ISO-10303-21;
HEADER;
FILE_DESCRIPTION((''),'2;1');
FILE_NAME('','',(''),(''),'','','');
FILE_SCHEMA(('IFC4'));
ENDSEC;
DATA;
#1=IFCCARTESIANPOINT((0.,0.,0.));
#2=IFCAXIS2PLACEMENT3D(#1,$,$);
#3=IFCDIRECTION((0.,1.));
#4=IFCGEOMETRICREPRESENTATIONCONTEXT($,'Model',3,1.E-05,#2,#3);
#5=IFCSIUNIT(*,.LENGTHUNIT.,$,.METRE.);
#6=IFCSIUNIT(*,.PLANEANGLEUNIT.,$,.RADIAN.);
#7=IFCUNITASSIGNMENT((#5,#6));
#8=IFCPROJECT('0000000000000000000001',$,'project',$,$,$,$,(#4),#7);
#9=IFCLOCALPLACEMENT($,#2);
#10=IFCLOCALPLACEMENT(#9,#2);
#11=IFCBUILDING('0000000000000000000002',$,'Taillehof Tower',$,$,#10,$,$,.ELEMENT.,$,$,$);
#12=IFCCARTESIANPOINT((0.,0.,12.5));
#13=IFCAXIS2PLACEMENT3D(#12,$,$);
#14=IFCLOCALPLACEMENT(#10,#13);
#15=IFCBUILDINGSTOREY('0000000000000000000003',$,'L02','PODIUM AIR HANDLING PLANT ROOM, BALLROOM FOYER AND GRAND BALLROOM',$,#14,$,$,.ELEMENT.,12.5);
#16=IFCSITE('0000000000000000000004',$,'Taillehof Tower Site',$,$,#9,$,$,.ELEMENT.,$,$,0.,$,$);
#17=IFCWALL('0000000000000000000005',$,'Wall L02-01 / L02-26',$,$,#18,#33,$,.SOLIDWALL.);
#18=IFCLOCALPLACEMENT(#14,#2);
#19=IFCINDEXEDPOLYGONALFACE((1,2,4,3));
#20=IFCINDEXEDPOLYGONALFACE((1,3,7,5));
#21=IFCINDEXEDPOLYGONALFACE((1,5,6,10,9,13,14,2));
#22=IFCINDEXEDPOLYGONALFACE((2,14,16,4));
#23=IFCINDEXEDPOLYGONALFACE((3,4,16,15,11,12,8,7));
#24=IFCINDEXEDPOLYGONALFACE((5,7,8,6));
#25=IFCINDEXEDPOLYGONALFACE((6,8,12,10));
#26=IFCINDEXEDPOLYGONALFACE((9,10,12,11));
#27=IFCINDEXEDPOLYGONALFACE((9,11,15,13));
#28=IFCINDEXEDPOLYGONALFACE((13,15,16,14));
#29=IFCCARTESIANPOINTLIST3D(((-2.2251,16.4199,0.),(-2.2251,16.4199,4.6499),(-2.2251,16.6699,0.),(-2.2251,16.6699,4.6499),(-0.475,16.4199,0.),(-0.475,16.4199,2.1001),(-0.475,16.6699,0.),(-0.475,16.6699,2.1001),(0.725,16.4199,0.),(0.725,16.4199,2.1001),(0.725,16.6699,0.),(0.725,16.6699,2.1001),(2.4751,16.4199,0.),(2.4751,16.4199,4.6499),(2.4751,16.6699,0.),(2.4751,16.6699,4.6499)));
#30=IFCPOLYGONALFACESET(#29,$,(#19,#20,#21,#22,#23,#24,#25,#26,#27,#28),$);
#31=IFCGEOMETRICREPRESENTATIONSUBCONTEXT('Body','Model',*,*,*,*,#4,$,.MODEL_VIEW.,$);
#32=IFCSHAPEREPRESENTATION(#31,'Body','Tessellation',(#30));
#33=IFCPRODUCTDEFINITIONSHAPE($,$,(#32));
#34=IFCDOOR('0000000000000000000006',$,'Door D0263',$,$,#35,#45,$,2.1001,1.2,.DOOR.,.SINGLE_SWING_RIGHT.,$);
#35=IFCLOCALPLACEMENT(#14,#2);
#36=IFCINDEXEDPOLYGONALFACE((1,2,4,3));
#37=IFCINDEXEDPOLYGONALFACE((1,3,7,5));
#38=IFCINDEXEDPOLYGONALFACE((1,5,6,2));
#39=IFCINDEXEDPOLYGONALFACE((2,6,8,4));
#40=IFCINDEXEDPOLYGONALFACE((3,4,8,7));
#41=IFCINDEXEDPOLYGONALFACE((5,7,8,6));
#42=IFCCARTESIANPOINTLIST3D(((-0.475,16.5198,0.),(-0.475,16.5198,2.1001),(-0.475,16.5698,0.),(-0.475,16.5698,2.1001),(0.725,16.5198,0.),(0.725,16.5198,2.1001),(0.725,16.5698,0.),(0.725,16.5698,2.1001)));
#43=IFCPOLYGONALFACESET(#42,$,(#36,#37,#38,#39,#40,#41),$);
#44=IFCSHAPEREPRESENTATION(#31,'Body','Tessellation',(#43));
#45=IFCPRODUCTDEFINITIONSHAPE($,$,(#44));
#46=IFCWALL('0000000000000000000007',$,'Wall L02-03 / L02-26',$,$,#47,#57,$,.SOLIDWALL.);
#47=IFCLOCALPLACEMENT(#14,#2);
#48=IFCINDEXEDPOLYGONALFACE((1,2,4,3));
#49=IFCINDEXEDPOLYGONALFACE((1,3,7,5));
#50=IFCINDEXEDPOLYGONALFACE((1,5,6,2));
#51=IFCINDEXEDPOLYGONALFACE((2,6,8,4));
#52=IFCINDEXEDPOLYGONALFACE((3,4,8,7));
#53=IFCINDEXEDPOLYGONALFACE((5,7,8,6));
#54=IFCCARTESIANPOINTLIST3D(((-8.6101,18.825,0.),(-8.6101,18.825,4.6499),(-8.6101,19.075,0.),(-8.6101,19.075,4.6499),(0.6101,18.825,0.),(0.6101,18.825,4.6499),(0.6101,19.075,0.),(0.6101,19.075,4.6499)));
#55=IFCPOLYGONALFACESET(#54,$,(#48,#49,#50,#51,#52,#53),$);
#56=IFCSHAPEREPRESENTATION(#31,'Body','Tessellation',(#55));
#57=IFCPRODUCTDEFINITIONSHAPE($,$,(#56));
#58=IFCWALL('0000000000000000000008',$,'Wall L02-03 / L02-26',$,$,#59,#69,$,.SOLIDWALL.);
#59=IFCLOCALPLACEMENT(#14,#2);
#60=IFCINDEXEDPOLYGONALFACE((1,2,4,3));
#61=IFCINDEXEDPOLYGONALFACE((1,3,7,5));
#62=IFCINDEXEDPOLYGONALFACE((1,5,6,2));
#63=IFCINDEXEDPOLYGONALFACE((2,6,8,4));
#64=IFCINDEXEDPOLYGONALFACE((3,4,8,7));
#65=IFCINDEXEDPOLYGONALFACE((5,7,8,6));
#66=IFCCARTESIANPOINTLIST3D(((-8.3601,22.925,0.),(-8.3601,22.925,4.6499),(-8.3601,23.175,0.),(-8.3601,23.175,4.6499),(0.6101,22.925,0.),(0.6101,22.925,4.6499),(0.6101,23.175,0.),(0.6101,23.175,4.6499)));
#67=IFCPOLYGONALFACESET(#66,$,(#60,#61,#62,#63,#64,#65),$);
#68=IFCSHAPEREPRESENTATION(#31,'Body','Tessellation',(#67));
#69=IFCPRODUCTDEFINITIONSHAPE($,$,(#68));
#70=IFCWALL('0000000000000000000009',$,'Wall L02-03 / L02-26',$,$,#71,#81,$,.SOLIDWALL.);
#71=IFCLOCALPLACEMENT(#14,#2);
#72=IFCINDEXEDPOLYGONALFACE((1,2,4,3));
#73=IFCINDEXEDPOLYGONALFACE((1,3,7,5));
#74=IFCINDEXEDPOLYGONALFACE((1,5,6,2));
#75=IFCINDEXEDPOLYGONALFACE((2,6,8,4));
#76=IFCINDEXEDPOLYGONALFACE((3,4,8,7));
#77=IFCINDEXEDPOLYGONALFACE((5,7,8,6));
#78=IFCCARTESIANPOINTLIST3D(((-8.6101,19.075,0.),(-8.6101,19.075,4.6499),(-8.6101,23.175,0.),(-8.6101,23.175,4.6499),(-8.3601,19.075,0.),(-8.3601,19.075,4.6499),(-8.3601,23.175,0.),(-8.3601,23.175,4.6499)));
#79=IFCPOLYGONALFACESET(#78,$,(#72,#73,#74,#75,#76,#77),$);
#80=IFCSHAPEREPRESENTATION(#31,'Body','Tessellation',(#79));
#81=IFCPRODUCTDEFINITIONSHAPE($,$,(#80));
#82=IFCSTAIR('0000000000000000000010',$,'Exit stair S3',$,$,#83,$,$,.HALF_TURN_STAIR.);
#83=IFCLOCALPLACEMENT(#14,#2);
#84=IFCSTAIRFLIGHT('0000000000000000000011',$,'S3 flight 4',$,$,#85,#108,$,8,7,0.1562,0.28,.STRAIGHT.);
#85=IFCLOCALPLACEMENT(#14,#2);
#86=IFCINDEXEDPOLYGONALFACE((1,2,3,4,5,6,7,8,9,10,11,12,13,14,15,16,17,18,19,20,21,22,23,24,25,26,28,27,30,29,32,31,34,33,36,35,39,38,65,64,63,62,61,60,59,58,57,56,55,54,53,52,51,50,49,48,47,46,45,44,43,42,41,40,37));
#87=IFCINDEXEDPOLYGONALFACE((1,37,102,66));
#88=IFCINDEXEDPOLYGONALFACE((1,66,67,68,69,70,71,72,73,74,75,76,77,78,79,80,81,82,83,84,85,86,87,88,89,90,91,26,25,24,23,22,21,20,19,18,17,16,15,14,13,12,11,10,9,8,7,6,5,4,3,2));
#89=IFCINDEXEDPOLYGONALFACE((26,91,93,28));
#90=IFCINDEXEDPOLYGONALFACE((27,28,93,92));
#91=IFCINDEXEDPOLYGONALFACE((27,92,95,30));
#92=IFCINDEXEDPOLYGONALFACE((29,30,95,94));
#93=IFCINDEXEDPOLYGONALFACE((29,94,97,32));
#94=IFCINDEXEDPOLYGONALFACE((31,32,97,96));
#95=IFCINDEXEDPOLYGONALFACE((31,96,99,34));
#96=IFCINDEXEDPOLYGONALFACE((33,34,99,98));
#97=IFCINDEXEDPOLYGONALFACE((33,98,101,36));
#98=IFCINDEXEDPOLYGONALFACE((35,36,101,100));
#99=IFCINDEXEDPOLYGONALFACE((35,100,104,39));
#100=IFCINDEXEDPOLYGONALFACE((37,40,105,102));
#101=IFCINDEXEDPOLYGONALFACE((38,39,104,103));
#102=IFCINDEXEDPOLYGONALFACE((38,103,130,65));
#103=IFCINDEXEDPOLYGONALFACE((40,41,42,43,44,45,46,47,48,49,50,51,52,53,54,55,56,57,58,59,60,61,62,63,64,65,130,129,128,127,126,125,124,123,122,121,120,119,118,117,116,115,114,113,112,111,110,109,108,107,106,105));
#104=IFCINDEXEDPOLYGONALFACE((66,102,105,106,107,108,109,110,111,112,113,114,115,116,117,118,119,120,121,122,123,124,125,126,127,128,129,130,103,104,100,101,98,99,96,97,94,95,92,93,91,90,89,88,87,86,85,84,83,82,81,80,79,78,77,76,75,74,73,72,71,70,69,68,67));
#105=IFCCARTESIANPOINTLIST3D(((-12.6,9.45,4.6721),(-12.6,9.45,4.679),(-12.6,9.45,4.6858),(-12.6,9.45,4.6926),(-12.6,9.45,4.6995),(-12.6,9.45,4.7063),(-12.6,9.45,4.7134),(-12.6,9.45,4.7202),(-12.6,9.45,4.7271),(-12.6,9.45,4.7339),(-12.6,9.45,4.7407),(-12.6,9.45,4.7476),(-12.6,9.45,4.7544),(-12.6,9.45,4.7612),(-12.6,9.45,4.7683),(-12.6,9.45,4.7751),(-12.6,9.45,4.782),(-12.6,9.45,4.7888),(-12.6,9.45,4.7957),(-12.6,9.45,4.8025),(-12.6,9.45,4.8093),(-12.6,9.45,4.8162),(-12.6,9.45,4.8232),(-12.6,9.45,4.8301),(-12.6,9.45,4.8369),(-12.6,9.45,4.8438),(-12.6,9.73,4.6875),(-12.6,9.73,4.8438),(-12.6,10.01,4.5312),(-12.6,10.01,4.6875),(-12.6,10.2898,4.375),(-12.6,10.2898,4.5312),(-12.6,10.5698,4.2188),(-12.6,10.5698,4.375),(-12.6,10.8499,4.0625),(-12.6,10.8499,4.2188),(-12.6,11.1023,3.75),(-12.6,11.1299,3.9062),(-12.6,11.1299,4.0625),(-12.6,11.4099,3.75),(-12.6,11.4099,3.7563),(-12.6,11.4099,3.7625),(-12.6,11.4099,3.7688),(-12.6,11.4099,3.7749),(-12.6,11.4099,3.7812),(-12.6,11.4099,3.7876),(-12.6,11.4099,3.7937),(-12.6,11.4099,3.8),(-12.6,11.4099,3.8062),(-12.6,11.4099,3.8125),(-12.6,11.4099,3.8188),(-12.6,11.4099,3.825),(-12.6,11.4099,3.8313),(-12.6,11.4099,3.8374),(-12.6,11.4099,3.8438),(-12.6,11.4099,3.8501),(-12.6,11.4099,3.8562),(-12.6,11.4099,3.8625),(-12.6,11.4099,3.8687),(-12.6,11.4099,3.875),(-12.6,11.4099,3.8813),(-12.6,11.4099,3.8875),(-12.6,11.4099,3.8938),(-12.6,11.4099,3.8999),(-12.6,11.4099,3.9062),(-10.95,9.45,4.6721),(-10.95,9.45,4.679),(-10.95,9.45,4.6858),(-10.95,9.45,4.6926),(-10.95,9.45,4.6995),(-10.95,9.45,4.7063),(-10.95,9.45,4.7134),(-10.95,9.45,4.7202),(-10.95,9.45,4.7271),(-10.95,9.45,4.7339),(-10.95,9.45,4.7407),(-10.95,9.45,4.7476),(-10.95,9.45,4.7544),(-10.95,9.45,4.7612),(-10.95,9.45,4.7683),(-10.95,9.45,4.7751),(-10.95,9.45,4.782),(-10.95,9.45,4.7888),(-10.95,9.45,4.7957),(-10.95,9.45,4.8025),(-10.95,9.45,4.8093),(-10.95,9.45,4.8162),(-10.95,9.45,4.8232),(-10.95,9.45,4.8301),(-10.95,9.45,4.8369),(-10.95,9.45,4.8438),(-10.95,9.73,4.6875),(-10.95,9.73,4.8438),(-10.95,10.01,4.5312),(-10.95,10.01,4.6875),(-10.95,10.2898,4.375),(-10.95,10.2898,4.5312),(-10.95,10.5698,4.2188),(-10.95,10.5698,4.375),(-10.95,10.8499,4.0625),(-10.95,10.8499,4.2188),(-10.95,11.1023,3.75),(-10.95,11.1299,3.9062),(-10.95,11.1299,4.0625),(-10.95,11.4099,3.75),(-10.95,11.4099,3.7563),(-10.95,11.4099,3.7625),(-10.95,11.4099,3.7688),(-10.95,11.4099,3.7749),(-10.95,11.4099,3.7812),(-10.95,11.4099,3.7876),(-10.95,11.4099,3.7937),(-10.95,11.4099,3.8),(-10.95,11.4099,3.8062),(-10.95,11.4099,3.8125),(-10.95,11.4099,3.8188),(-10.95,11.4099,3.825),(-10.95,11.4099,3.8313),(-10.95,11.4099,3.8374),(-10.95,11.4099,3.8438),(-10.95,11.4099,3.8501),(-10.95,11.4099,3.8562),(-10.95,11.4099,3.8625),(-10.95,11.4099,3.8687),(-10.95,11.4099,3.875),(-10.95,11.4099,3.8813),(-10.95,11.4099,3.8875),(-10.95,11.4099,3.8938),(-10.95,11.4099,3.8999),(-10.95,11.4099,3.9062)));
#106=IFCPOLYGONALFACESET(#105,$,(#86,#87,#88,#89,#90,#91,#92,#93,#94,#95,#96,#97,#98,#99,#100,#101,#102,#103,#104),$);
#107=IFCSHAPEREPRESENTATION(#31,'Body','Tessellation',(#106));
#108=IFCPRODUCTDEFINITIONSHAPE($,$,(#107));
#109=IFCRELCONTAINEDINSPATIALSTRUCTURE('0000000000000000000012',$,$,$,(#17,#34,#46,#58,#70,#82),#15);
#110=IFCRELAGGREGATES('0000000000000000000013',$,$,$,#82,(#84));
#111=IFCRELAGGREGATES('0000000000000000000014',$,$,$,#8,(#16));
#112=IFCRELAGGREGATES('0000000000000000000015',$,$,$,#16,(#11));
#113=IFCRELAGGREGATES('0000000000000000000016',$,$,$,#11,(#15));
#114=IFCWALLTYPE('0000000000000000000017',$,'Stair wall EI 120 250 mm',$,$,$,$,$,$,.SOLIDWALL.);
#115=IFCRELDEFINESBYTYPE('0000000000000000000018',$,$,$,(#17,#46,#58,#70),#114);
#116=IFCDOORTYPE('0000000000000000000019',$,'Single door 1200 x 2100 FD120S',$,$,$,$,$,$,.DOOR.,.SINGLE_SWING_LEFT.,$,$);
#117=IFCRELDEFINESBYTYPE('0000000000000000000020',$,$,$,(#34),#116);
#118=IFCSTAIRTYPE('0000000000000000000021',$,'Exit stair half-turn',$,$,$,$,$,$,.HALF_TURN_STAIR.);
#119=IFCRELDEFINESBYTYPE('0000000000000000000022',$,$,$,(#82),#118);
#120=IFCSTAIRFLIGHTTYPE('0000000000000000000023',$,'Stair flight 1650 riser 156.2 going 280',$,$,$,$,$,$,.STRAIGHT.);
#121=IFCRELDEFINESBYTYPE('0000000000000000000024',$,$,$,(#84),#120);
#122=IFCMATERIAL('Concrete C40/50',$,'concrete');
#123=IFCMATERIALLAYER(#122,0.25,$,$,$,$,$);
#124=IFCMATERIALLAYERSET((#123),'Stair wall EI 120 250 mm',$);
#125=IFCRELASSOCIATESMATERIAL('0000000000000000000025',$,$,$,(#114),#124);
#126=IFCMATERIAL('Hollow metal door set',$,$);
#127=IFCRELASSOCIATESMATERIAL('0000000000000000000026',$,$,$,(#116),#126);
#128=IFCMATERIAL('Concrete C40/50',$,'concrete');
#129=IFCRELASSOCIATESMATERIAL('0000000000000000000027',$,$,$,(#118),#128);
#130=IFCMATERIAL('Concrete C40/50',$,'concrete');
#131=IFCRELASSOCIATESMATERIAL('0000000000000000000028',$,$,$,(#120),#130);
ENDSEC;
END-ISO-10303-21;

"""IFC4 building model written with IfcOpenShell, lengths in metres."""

from ifc_helpers import new_model, si_unit, direction, frame, frame_2d, origin, place, context, subcontext, project, spatial, polyline, rectangle, outline, extrude, material, layer, layer_set, type_object, element, fill, aggregate, save


model = new_model("IFC4")

# Units and contexts
model_context = context("Model", 3, precision=1e-05, world=origin(), true_north=direction((0.0, 1.0)))
body_context = subcontext(model_context, "Body", "Model", "MODEL_VIEW")
ifc_project = project(units=[si_unit("LENGTHUNIT", "METRE"), si_unit("PLANEANGLEUNIT", "RADIAN")], contexts=[model_context])

# Site, building, storey
site_placement = place(None, origin())
site = spatial("IfcSite", under=ifc_project, at=site_placement, Name="Taillehof Tower Site", CompositionType="ELEMENT", RefElevation=0.0)
building_placement = place(site_placement, origin())
building = spatial("IfcBuilding", under=site, at=building_placement, Name="Taillehof Tower", CompositionType="ELEMENT")
storey_placement = place(building_placement, frame((0.0, 0.0, 12.5)))
storey = spatial("IfcBuildingStorey", under=building, at=storey_placement, Name="L02", Description="PODIUM AIR HANDLING PLANT ROOM, BALLROOM FOYER AND GRAND BALLROOM", CompositionType="ELEMENT", Elevation=12.5)

# Wall, opening, door
ifc_material_1 = material(Name="Concrete C40/50", Category="concrete")
ifc_layer_1 = layer(ifc_material_1, 0.25)
ifc_layer_set_1 = layer_set([ifc_layer_1], Name="Stair wall EI 120 250 mm")
wall_type_1 = type_object("IfcWallType", Name="Stair wall EI 120 250 mm", PredefinedType="SOLIDWALL", material=ifc_layer_set_1)
wall_1_placement = place(storey_placement, frame((-2.2251, 16.5449, 0.0), z_axis=(0.0, 0.0, 1.0), x_axis=(1.0, 0.0, 0.0)))
wall_1 = element("IfcWall", 1, at=wall_1_placement, inside=storey, type_object=wall_type_1, Name="Wall L02-01 / L02-26", PredefinedType="SOLIDWALL", context=body_context, shape_type="SweptSolid", body=[
    extrude(rectangle(XDim=4.7002, YDim=0.25, at=frame_2d((2.3501, 0.0))), origin(), (0.0, 0.0, 1.0), 4.6499),
])
opening_1_placement = place(wall_1_placement, frame((1.75, 0.0, 0.0)))
opening_1 = element("IfcOpeningElement", 2, at=opening_1_placement, cuts=wall_1, PredefinedType="OPENING", context=body_context, shape_type="SweptSolid", body=[
    extrude(rectangle(XDim=1.2, YDim=2.1001, at=frame_2d((0.6001, 1.05))), frame((0.0, 0.135, 0.0), z_axis=(0.0, -1.0, 0.0), x_axis=(1.0, 0.0, 0.0)), (0.0, 0.0, 1.0), 0.27),
])
ifc_material_2 = material(Name="Hollow metal door set")
door_type_1 = type_object("IfcDoorType", Name="Single door 1200 x 2100 FD120S", OperationType="SINGLE_SWING_LEFT", PredefinedType="DOOR", material=ifc_material_2)
door_1_placement = place(opening_1_placement, origin())
door_1 = element("IfcDoor", 3, at=door_1_placement, inside=storey, type_object=door_type_1, Name="Door D0263", OperationType="SINGLE_SWING_RIGHT", OverallHeight=2.1001, OverallWidth=1.2, PredefinedType="DOOR", context=body_context, shape_type="SweptSolid", body=[
    extrude(rectangle(XDim=1.2, YDim=2.1001, at=frame_2d((0.6001, 1.05))), frame((0.0, 0.0249, 0.0), z_axis=(0.0, -1.0, 0.0), x_axis=(1.0, 0.0, 0.0)), (0.0, 0.0, 1.0), 0.05),
])
fill(opening_1, door_1)

# Walls
wall_2_placement = place(storey_placement, frame((-8.6101, 18.95, 0.0), z_axis=(0.0, 0.0, 1.0), x_axis=(1.0, 0.0, 0.0)))
element("IfcWall", 4, at=wall_2_placement, inside=storey, type_object=wall_type_1, Name="Wall L02-03 / L02-26", PredefinedType="SOLIDWALL", context=body_context, shape_type="SweptSolid", body=[
    extrude(rectangle(XDim=9.2202, YDim=0.25, at=frame_2d((4.6101, 0.0))), origin(), (0.0, 0.0, 1.0), 4.6499),
])
wall_3_placement = place(storey_placement, frame((-8.3601, 23.05, 0.0), z_axis=(0.0, 0.0, 1.0), x_axis=(1.0, 0.0, 0.0)))
element("IfcWall", 5, at=wall_3_placement, inside=storey, type_object=wall_type_1, Name="Wall L02-03 / L02-26", PredefinedType="SOLIDWALL", context=body_context, shape_type="SweptSolid", body=[
    extrude(rectangle(XDim=8.9702, YDim=0.25, at=frame_2d((4.4851, 0.0))), origin(), (0.0, 0.0, 1.0), 4.6499),
])
wall_4_placement = place(storey_placement, frame((-8.4851, 19.075, 0.0), z_axis=(0.0, 0.0, 1.0), x_axis=(0.0, 1.0, 0.0)))
element("IfcWall", 6, at=wall_4_placement, inside=storey, type_object=wall_type_1, Name="Wall L02-03 / L02-26", PredefinedType="SOLIDWALL", context=body_context, shape_type="SweptSolid", body=[
    extrude(rectangle(XDim=4.1001, YDim=0.25, at=frame_2d((2.05, 0.0))), origin(), (0.0, 0.0, 1.0), 4.6499),
])

# Stair, stair flight
ifc_material_3 = material(Name="Concrete C40/50", Category="concrete")
stair_type = type_object("IfcStairType", Name="Exit stair half-turn", PredefinedType="HALF_TURN_STAIR", material=ifc_material_3)
stair_placement = place(storey_placement, origin())
stair = element("IfcStair", 7, at=stair_placement, inside=storey, type_object=stair_type, Name="Exit stair S3", PredefinedType="HALF_TURN_STAIR")
ifc_material_4 = material(Name="Concrete C40/50", Category="concrete")
stair_flight_type = type_object("IfcStairFlightType", Name="Stair flight 1650 riser 156.2 going 280", PredefinedType="STRAIGHT", material=ifc_material_4)
stair_flight_placement = place(storey_placement, frame((-11.7749, 11.4099, 3.75), z_axis=(0.0, 0.0, 1.0), x_axis=(0.0, -1.0, 0.0)))
stair_flight = element("IfcStairFlight", 8, at=stair_flight_placement, type_object=stair_flight_type, Name="S3 flight 4", NumberOfRisers=8, NumberOfTreads=7, PredefinedType="STRAIGHT", RiserHeight=0.1562, TreadLength=0.28, context=body_context, shape_type="SweptSolid", body=[
    extrude(outline(polyline([(0.0, 0.0), (0.0, 0.0063), (0.0, 0.0125), (0.0, 0.0188), (0.0, 0.0249), (0.0, 0.0312), (0.0, 0.0376), (0.0, 0.0437), (0.0, 0.05), (0.0, 0.0562), (0.0, 0.0625), (0.0, 0.0688), (0.0, 0.075), (0.0, 0.0813), (0.0, 0.0874), (0.0, 0.0938), (0.0, 0.1001), (0.0, 0.1062), (0.0, 0.1125), (0.0, 0.1187), (0.0, 0.125), (0.0, 0.1313), (0.0, 0.1375), (0.0, 0.1438), (0.0, 0.1499), (0.0, 0.1562), (0.28, 0.1562), (0.28, 0.3125), (0.5601, 0.3125), (0.5601, 0.4688), (0.8401, 0.4688), (0.8401, 0.625), (1.1201, 0.625), (1.1201, 0.7812), (1.3999, 0.7812), (1.3999, 0.9375), (1.6799, 0.9375), (1.6799, 1.0938), (1.96, 1.0938), (1.96, 1.0869), (1.96, 1.0801), (1.96, 1.0732), (1.96, 1.0662), (1.96, 1.0593), (1.96, 1.0525), (1.96, 1.0457), (1.96, 1.0388), (1.96, 1.032), (1.96, 1.0251), (1.96, 1.0183), (1.96, 1.0112), (1.96, 1.0044), (1.96, 0.9976), (1.96, 0.9907), (1.96, 0.9839), (1.96, 0.9771), (1.96, 0.9702), (1.96, 0.9634), (1.96, 0.9563), (1.96, 0.9495), (1.96, 0.9426), (1.96, 0.9358), (1.96, 0.929), (1.96, 0.9221), (0.3076, 0.0), (0.0, 0.0)])), frame((0.0, 0.825, 0.0), z_axis=(0.0, -1.0, 0.0), x_axis=(1.0, 0.0, 0.0)), (0.0, 0.0, 1.0), 1.65),
])
aggregate(stair, [stair_flight])

save(model, "model.ifc")
